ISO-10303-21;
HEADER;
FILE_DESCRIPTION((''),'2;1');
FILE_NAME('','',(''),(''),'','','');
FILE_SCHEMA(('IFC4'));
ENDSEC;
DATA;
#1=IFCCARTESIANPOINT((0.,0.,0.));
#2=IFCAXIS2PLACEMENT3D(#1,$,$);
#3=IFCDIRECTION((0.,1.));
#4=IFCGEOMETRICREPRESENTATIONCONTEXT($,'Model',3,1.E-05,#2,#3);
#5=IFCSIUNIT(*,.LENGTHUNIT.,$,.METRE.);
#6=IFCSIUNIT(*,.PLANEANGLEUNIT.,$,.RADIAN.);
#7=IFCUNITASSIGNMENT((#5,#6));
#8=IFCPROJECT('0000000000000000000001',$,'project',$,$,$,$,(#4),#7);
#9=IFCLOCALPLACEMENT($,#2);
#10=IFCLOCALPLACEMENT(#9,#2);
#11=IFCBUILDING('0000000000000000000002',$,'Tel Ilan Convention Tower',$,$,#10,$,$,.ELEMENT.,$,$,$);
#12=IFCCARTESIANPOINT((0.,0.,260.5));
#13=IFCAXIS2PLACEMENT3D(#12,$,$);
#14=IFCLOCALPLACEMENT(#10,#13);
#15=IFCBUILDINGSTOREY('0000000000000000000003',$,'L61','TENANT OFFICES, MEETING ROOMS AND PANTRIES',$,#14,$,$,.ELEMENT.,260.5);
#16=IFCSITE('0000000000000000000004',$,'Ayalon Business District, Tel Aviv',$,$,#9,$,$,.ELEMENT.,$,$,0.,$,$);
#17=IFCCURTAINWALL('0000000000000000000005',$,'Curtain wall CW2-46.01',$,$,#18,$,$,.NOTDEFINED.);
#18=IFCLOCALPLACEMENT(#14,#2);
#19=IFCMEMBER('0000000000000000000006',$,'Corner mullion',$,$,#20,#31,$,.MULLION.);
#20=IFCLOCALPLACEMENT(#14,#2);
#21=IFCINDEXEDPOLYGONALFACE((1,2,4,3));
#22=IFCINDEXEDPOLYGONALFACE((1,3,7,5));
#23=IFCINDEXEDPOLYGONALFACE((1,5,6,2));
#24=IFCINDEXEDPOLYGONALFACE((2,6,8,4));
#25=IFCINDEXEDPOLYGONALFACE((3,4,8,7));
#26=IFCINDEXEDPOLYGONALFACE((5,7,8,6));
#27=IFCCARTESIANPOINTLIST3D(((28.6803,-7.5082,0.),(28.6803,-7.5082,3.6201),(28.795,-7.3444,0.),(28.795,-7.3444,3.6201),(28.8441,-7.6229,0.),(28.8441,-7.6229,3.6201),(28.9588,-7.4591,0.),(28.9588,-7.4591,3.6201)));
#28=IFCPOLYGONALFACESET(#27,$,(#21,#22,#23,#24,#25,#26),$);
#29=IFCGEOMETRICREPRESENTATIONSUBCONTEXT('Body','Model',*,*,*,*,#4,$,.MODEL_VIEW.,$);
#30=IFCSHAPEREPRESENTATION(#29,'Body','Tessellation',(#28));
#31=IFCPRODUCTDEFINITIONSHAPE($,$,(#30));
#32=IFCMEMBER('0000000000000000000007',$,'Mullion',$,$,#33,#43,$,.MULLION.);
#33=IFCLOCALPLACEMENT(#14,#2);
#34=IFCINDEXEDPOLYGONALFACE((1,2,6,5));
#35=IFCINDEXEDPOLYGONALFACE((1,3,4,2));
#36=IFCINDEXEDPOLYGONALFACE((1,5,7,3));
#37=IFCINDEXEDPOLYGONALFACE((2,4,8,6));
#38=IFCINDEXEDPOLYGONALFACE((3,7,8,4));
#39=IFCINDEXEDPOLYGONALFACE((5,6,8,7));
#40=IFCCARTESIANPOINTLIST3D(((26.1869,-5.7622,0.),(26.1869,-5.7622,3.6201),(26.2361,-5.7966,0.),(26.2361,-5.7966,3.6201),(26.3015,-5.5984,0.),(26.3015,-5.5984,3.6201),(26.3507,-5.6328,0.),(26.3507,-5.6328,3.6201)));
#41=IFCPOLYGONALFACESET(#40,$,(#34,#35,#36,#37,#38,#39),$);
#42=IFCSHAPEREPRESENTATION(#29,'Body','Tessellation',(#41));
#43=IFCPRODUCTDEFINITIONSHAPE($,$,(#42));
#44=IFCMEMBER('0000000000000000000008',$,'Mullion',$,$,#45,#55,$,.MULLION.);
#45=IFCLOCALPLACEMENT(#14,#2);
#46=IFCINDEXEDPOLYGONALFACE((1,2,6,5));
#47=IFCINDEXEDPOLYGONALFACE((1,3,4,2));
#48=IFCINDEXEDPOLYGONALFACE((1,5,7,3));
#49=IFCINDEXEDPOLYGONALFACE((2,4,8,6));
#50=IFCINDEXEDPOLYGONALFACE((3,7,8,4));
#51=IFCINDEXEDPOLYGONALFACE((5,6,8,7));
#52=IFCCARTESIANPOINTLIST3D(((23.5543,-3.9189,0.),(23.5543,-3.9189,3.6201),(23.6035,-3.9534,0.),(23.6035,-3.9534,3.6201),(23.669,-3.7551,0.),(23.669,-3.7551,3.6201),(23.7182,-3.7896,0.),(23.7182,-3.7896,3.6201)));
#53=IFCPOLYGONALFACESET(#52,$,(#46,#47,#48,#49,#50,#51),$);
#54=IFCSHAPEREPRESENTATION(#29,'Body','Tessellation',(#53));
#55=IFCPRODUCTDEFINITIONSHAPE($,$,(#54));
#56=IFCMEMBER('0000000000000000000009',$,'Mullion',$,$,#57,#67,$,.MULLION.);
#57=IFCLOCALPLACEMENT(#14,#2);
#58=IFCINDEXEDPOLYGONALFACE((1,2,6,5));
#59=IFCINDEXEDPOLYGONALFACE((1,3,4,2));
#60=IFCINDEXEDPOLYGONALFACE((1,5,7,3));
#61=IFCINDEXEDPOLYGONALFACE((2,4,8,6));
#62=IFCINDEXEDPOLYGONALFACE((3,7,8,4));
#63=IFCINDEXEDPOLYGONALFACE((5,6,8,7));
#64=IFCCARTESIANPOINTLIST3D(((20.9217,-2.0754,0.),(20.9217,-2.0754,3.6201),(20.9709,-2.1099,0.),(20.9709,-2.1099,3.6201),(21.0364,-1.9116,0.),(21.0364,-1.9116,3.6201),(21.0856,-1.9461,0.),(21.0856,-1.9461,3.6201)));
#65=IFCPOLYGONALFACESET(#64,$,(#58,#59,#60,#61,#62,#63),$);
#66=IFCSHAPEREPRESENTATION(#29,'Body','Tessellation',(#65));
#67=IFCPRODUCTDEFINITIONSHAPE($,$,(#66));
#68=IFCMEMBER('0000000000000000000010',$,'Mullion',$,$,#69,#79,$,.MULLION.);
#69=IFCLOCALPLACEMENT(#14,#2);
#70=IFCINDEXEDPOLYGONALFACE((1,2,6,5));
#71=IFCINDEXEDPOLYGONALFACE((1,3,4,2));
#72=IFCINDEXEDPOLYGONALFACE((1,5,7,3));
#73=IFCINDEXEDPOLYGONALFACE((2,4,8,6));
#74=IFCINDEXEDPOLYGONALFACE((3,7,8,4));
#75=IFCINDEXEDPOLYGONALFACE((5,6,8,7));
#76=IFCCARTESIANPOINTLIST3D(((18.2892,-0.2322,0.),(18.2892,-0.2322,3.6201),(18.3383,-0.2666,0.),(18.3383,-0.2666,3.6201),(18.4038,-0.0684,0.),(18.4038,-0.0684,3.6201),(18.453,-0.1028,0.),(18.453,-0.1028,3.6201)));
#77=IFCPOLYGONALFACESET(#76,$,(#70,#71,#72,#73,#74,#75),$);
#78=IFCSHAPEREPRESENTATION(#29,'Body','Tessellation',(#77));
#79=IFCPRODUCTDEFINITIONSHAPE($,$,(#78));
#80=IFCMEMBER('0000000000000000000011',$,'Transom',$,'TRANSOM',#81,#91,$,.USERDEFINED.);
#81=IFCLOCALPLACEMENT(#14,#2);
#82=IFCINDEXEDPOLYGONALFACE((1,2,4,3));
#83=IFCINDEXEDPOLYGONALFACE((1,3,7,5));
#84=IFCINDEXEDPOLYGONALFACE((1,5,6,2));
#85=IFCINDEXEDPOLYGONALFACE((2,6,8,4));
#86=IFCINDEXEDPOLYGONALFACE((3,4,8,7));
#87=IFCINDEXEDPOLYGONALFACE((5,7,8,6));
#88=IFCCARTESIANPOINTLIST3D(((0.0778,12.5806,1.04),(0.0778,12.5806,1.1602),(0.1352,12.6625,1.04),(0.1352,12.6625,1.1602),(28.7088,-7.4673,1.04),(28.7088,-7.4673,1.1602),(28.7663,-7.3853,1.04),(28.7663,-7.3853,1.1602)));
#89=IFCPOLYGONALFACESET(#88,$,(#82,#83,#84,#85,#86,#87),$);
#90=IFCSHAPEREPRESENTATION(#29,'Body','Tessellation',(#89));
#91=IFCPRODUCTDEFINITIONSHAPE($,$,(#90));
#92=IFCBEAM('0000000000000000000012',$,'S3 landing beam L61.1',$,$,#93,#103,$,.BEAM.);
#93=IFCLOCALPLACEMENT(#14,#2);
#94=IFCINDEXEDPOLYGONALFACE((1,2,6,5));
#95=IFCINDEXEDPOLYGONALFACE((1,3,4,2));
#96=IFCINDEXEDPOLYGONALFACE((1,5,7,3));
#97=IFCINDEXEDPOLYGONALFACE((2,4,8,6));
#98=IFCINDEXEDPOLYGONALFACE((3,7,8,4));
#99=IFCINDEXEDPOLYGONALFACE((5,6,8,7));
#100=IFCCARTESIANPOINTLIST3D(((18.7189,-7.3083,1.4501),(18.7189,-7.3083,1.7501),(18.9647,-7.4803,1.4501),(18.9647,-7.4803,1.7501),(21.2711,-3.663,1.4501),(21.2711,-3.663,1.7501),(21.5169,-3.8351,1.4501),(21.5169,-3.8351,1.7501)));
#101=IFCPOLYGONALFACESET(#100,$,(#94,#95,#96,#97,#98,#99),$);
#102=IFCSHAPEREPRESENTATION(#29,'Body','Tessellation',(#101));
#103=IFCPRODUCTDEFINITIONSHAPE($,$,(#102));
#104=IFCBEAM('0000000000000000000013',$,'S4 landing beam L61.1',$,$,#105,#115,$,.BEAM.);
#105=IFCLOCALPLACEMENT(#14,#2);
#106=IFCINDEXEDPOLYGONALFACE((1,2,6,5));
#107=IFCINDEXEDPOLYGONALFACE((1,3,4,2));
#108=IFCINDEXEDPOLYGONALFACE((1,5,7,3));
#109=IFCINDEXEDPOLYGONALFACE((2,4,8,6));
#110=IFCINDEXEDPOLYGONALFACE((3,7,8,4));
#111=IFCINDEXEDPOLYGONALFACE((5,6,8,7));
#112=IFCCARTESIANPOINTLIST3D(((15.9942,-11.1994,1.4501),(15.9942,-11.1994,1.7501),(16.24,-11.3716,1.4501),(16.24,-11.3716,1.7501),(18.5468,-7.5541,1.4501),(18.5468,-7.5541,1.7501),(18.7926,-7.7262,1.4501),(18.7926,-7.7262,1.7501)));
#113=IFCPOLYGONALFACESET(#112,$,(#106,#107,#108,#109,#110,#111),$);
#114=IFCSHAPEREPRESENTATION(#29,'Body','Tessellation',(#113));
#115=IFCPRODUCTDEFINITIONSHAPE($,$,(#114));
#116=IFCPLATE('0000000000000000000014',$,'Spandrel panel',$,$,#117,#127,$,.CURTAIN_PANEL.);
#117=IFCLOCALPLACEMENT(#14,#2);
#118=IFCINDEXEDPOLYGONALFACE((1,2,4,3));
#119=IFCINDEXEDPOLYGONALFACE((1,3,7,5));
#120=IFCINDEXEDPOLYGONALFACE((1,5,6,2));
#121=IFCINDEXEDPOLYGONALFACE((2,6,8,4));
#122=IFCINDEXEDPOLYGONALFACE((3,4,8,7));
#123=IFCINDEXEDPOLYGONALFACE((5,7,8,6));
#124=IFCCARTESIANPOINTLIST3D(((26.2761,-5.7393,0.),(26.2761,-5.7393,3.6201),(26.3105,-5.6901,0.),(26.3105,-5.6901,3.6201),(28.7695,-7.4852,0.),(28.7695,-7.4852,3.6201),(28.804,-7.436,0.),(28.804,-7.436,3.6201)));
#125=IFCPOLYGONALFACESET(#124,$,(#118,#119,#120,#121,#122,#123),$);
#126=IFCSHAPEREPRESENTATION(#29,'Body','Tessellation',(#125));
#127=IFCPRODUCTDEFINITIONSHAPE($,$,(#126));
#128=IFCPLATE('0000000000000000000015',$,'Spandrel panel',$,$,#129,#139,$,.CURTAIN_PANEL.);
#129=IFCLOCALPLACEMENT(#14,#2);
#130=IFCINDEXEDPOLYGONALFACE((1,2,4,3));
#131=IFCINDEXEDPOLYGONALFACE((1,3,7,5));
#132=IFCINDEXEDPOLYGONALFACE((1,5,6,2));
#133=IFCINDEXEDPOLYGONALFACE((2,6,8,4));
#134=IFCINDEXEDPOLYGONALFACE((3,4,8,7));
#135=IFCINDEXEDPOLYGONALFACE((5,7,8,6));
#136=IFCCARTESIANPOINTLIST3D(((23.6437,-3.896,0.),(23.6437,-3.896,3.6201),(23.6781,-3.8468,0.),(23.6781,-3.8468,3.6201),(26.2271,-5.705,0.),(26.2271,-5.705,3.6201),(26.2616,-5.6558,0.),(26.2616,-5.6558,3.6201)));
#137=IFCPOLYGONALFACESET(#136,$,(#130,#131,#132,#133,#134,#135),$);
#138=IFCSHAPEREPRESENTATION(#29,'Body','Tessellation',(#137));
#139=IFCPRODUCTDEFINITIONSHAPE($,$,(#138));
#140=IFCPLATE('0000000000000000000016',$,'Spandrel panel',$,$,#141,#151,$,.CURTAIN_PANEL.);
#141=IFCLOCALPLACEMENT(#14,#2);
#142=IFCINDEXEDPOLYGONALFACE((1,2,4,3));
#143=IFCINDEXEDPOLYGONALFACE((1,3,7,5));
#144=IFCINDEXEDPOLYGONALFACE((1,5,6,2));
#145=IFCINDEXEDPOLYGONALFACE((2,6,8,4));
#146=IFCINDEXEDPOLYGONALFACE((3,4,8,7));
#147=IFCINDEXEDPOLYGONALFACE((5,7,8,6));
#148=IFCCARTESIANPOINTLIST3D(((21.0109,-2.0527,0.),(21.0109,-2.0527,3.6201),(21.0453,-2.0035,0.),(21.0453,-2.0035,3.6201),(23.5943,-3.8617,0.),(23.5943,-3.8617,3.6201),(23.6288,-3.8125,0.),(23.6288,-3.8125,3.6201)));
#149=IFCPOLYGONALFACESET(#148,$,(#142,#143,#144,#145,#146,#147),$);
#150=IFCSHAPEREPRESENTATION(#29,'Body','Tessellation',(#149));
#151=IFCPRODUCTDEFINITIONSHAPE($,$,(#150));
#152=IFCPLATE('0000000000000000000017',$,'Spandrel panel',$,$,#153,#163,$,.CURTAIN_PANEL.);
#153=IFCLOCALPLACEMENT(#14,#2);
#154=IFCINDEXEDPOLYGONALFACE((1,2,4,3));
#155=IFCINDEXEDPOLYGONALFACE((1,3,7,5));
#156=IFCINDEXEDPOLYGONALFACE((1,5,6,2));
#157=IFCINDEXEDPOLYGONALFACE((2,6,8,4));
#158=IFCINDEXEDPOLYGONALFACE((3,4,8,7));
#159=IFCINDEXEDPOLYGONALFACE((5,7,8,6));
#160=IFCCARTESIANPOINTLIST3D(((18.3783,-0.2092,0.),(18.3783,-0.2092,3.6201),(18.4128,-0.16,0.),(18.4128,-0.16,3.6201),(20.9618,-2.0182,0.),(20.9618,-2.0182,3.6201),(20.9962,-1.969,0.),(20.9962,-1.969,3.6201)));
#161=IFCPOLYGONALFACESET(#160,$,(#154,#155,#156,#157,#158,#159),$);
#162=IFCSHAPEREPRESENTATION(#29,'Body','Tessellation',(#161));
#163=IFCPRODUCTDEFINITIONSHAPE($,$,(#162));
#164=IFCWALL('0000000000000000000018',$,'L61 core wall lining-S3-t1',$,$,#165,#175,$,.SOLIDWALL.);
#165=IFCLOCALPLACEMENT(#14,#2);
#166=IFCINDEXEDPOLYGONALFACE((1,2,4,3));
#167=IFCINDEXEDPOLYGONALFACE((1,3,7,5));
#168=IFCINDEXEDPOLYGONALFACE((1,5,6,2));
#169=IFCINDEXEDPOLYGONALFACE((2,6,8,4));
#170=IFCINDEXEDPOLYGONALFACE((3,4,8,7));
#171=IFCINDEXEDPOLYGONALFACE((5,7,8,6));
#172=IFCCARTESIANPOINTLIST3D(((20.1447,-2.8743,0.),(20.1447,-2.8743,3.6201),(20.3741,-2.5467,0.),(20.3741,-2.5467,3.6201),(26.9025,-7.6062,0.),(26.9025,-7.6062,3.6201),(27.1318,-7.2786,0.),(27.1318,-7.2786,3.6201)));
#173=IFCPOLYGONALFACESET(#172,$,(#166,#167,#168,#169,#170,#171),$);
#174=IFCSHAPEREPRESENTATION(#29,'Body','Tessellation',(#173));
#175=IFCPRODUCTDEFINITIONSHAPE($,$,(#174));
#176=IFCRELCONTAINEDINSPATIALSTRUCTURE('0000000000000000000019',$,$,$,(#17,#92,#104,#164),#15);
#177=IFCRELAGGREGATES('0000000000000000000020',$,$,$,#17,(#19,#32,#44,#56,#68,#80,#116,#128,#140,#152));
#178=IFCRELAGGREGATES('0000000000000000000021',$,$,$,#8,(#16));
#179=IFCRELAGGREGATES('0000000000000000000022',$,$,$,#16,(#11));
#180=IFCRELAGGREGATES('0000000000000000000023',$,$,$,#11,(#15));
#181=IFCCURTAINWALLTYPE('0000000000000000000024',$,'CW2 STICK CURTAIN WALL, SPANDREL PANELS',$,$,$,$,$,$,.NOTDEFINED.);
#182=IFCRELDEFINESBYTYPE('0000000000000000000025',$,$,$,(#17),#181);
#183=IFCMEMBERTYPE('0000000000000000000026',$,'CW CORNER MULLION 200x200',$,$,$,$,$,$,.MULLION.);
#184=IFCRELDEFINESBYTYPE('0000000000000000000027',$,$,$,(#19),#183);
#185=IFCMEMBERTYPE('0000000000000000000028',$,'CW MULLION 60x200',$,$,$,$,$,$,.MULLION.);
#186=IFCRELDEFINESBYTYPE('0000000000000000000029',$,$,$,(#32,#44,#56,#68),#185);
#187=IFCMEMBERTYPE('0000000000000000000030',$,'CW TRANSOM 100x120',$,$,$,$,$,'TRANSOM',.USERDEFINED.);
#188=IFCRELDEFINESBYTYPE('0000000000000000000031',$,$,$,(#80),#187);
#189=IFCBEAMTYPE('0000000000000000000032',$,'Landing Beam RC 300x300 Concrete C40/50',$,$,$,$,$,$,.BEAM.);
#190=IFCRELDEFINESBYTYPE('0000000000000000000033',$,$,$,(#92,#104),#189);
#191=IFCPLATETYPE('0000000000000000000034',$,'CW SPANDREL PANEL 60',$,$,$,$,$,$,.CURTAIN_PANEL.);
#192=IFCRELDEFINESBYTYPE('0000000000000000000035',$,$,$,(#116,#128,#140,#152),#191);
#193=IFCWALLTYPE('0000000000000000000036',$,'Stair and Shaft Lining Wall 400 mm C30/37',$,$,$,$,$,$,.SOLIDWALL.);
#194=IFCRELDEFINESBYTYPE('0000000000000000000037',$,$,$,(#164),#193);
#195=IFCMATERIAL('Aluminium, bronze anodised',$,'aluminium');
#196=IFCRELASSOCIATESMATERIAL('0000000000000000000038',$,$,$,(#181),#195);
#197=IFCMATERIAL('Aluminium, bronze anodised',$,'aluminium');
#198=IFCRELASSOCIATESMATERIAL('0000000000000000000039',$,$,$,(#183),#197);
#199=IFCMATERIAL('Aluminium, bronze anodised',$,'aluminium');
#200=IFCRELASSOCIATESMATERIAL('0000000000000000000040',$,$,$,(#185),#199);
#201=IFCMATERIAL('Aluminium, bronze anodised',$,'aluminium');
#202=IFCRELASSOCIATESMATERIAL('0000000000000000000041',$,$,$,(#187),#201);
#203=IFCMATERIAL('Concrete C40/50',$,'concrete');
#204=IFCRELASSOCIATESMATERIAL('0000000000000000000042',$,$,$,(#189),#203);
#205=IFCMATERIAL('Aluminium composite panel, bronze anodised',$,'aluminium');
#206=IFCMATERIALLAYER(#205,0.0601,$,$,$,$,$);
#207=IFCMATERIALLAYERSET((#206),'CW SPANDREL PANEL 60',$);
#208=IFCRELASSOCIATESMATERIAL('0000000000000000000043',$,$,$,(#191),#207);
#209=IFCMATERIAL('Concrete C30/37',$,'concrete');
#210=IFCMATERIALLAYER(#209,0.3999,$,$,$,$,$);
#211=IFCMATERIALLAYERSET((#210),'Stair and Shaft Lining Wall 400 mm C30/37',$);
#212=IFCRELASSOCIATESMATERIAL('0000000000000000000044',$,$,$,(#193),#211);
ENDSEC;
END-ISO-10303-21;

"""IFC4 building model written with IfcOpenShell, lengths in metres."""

from ifc_helpers import new_model, si_unit, direction, frame, frame_2d, origin, origin_2d, place, context, subcontext, project, spatial, rectangle, extrude, material, layer, layer_set, material_profile, profile_set, type_object, element, aggregate, save


model = new_model("IFC4")

# Units and contexts
model_context = context("Model", 3, precision=1e-05, world=origin(), true_north=direction((0.0, 1.0)))
body_context = subcontext(model_context, "Body", "Model", "MODEL_VIEW")
ifc_project = project(units=[si_unit("LENGTHUNIT", "METRE"), si_unit("PLANEANGLEUNIT", "RADIAN")], contexts=[model_context])

# Site, building, storey
site_placement = place(None, origin())
site = spatial("IfcSite", under=ifc_project, at=site_placement, Name="Ayalon Business District, Tel Aviv", CompositionType="ELEMENT", RefElevation=0.0)
building_placement = place(site_placement, origin())
building = spatial("IfcBuilding", under=site, at=building_placement, Name="Tel Ilan Convention Tower", CompositionType="ELEMENT")
storey_placement = place(building_placement, frame((0.0, 0.0, 260.5)))
storey = spatial("IfcBuildingStorey", under=building, at=storey_placement, Name="L61", Description="TENANT OFFICES, MEETING ROOMS AND PANTRIES", CompositionType="ELEMENT", Elevation=260.5)

# Curtain wall, members
ifc_material_1 = material(Name="Aluminium, bronze anodised", Category="aluminium")
curtain_wall_type = type_object("IfcCurtainWallType", Name="CW2 STICK CURTAIN WALL, SPANDREL PANELS", PredefinedType="NOTDEFINED", material=ifc_material_1)
curtain_wall_placement = place(storey_placement, origin())
curtain_wall = element("IfcCurtainWall", 1, at=curtain_wall_placement, inside=storey, type_object=curtain_wall_type, Name="Curtain wall CW2-46.01", PredefinedType="NOTDEFINED")
ifc_material_2 = material(Name="Aluminium, bronze anodised", Category="aluminium")
ifc_material_profile_1 = material_profile(ifc_material_2, rectangle(XDim=0.2, YDim=0.2, at=origin_2d()), Name="CW CORNER MULLION 200x200")
ifc_profile_set_1 = profile_set([ifc_material_profile_1], Name="Aluminium, bronze anodised")
member_type_1 = type_object("IfcMemberType", Name="CW CORNER MULLION 200x200", PredefinedType="MULLION", material=ifc_profile_set_1)
member_1_placement = place(storey_placement, frame((28.8196, -7.4836, 0.0), z_axis=(0.0, 0.0, 1.0), x_axis=(0.573576, 0.819152, 0.0)))
member_1 = element("IfcMember", 2, at=member_1_placement, type_object=member_type_1, Name="Corner mullion", PredefinedType="MULLION", context=body_context, shape_type="SweptSolid", body=[
    extrude(rectangle(XDim=0.2, YDim=0.2, at=origin_2d()), origin(), (0.0, 0.0, 1.0), 3.6201),
])
ifc_material_3 = material(Name="Aluminium, bronze anodised", Category="aluminium")
ifc_material_profile_2 = material_profile(ifc_material_3, rectangle(XDim=0.0601, YDim=0.2, at=origin_2d()), Name="CW MULLION 60x200")
ifc_profile_set_2 = profile_set([ifc_material_profile_2], Name="Aluminium, bronze anodised")
member_type_2 = type_object("IfcMemberType", Name="CW MULLION 60x200", PredefinedType="MULLION", material=ifc_profile_set_2)
member_2_placement = place(storey_placement, frame((26.2688, -5.6975, 0.0), z_axis=(0.0, 0.0, 1.0), x_axis=(-0.819152, 0.573576, 0.0)))
member_2 = element("IfcMember", 3, at=member_2_placement, type_object=member_type_2, Name="Mullion", PredefinedType="MULLION", context=body_context, shape_type="SweptSolid", body=[
    extrude(rectangle(XDim=0.0601, YDim=0.2, at=origin_2d()), origin(), (0.0, 0.0, 1.0), 3.6201),
])
member_3_placement = place(storey_placement, frame((23.6362, -3.8542, 0.0), z_axis=(0.0, 0.0, 1.0), x_axis=(-0.819152, 0.573576, 0.0)))
member_3 = element("IfcMember", 4, at=member_3_placement, type_object=member_type_2, Name="Mullion", PredefinedType="MULLION", context=body_context, shape_type="SweptSolid", body=[
    extrude(rectangle(XDim=0.0601, YDim=0.2, at=origin_2d()), origin(), (0.0, 0.0, 1.0), 3.6201),
])
member_4_placement = place(storey_placement, frame((21.0037, -2.0107, 0.0), z_axis=(0.0, 0.0, 1.0), x_axis=(-0.819152, 0.573576, 0.0)))
member_4 = element("IfcMember", 5, at=member_4_placement, type_object=member_type_2, Name="Mullion", PredefinedType="MULLION", context=body_context, shape_type="SweptSolid", body=[
    extrude(rectangle(XDim=0.0601, YDim=0.2, at=origin_2d()), origin(), (0.0, 0.0, 1.0), 3.6201),
])
member_5_placement = place(storey_placement, frame((18.3711, -0.1675, 0.0), z_axis=(0.0, 0.0, 1.0), x_axis=(-0.819152, 0.573576, 0.0)))
member_5 = element("IfcMember", 6, at=member_5_placement, type_object=member_type_2, Name="Mullion", PredefinedType="MULLION", context=body_context, shape_type="SweptSolid", body=[
    extrude(rectangle(XDim=0.0601, YDim=0.2, at=origin_2d()), origin(), (0.0, 0.0, 1.0), 3.6201),
])
ifc_material_4 = material(Name="Aluminium, bronze anodised", Category="aluminium")
ifc_material_profile_3 = material_profile(ifc_material_4, rectangle(XDim=0.1001, YDim=0.1201, at=origin_2d()), Name="CW TRANSOM 100x120")
ifc_profile_set_3 = profile_set([ifc_material_profile_3], Name="Aluminium, bronze anodised")
member_type_3 = type_object("IfcMemberType", Name="CW TRANSOM 100x120", ElementType="TRANSOM", PredefinedType="USERDEFINED", material=ifc_profile_set_3)
member_6_placement = place(storey_placement, frame((28.7375, -7.4263, 1.1001), z_axis=(-0.81915, 0.573579, 0.0), x_axis=(-0.573579, -0.81915, 0.0)))
member_6 = element("IfcMember", 7, at=member_6_placement, type_object=member_type_3, Name="Transom", ObjectType="TRANSOM", PredefinedType="USERDEFINED", context=body_context, shape_type="SweptSolid", body=[
    extrude(rectangle(XDim=0.1001, YDim=0.1201, at=origin_2d()), origin(), (0.0, 0.0, 1.0), 34.9521),
])

# Beams
ifc_material_5 = material(Name="Concrete C40/50", Category="concrete")
ifc_material_profile_4 = material_profile(ifc_material_5, rectangle(XDim=0.3, YDim=0.3, at=origin_2d()), Name="RC 300x300")
ifc_profile_set_4 = profile_set([ifc_material_profile_4], Name="Concrete C40/50")
beam_type = type_object("IfcBeamType", Name="Landing Beam RC 300x300 Concrete C40/50", PredefinedType="BEAM", material=ifc_profile_set_4)
beam_1_placement = place(storey_placement, frame((21.394, -3.749, 1.6001), z_axis=(-0.573547, -0.819173, 0.0), x_axis=(0.819173, -0.573547, 0.0)))
element("IfcBeam", 8, at=beam_1_placement, inside=storey, type_object=beam_type, Name="S3 landing beam L61.1", PredefinedType="BEAM", context=body_context, shape_type="SweptSolid", body=[
    extrude(rectangle(XDim=0.3, YDim=0.3, at=origin_2d()), origin(), (0.0, 0.0, 1.0), 4.45),
])
beam_2_placement = place(storey_placement, frame((18.6697, -7.6401, 1.6001), z_axis=(-0.573584, -0.819147, 0.0), x_axis=(0.819147, -0.573584, 0.0)))
element("IfcBeam", 9, at=beam_2_placement, inside=storey, type_object=beam_type, Name="S4 landing beam L61.1", PredefinedType="BEAM", context=body_context, shape_type="SweptSolid", body=[
    extrude(rectangle(XDim=0.3, YDim=0.3, at=origin_2d()), origin(), (0.0, 0.0, 1.0), 4.4502),
])

# Plates
ifc_material_6 = material(Name="Aluminium composite panel, bronze anodised", Category="aluminium")
ifc_layer_1 = layer(ifc_material_6, 0.0601)
ifc_layer_set_1 = layer_set([ifc_layer_1], Name="CW SPANDREL PANEL 60")
plate_type = type_object("IfcPlateType", Name="CW SPANDREL PANEL 60", PredefinedType="CURTAIN_PANEL", material=ifc_layer_set_1)
plate_1_placement = place(storey_placement, frame((27.54, -6.5876, 0.0), z_axis=(0.0, 0.0, 1.0), x_axis=(-0.819152, 0.573576, 0.0)))
plate_1 = element("IfcPlate", 10, at=plate_1_placement, type_object=plate_type, Name="Spandrel panel", PredefinedType="CURTAIN_PANEL", context=body_context, shape_type="SweptSolid", body=[
    extrude(rectangle(XDim=3.0439, YDim=0.0601, at=origin_2d()), origin(), (0.0, 0.0, 1.0), 3.6201),
])
plate_2_placement = place(storey_placement, frame((24.9526, -4.7759, 0.0), z_axis=(0.0, 0.0, 1.0), x_axis=(-0.819152, 0.573576, 0.0)))
plate_2 = element("IfcPlate", 11, at=plate_2_placement, type_object=plate_type, Name="Spandrel panel", PredefinedType="CURTAIN_PANEL", context=body_context, shape_type="SweptSolid", body=[
    extrude(rectangle(XDim=3.1538, YDim=0.0601, at=origin_2d()), origin(), (0.0, 0.0, 1.0), 3.6201),
])
plate_3_placement = place(storey_placement, frame((22.3198, -2.9326, 0.0), z_axis=(0.0, 0.0, 1.0), x_axis=(-0.819152, 0.573576, 0.0)))
plate_3 = element("IfcPlate", 12, at=plate_3_placement, type_object=plate_type, Name="Spandrel panel", PredefinedType="CURTAIN_PANEL", context=body_context, shape_type="SweptSolid", body=[
    extrude(rectangle(XDim=3.1538, YDim=0.0601, at=origin_2d()), origin(), (0.0, 0.0, 1.0), 3.6201),
])
plate_4_placement = place(storey_placement, frame((19.6873, -1.0891, 0.0), z_axis=(0.0, 0.0, 1.0), x_axis=(-0.819152, 0.573576, 0.0)))
plate_4 = element("IfcPlate", 13, at=plate_4_placement, type_object=plate_type, Name="Spandrel panel", PredefinedType="CURTAIN_PANEL", context=body_context, shape_type="SweptSolid", body=[
    extrude(rectangle(XDim=3.1538, YDim=0.0601, at=origin_2d()), origin(), (0.0, 0.0, 1.0), 3.6201),
])
aggregate(curtain_wall, [member_1, member_2, member_3, member_4, member_5, member_6, plate_1, plate_2, plate_3, plate_4])

# Wall
ifc_material_7 = material(Name="Concrete C30/37", Category="concrete")
ifc_layer_2 = layer(ifc_material_7, 0.3999)
ifc_layer_set_2 = layer_set([ifc_layer_2], Name="Stair and Shaft Lining Wall 400 mm C30/37")
wall_type = type_object("IfcWallType", Name="Stair and Shaft Lining Wall 400 mm C30/37", PredefinedType="SOLIDWALL", material=ifc_layer_set_2)
wall_placement = place(storey_placement, frame((20.2593, -2.7104, 0.0), z_axis=(0.0, 0.0, 1.0), x_axis=(0.819148, -0.573582, 0.0)))
element("IfcWall", 14, at=wall_placement, inside=storey, type_object=wall_type, Name="L61 core wall lining-S3-t1", PredefinedType="SOLIDWALL", context=body_context, shape_type="SweptSolid", body=[
    extrude(rectangle(XDim=8.2498, YDim=0.3999, at=frame_2d((4.125, 0.0))), origin(), (0.0, 0.0, 1.0), 3.6201),
])

save(model, "model.ifc")
